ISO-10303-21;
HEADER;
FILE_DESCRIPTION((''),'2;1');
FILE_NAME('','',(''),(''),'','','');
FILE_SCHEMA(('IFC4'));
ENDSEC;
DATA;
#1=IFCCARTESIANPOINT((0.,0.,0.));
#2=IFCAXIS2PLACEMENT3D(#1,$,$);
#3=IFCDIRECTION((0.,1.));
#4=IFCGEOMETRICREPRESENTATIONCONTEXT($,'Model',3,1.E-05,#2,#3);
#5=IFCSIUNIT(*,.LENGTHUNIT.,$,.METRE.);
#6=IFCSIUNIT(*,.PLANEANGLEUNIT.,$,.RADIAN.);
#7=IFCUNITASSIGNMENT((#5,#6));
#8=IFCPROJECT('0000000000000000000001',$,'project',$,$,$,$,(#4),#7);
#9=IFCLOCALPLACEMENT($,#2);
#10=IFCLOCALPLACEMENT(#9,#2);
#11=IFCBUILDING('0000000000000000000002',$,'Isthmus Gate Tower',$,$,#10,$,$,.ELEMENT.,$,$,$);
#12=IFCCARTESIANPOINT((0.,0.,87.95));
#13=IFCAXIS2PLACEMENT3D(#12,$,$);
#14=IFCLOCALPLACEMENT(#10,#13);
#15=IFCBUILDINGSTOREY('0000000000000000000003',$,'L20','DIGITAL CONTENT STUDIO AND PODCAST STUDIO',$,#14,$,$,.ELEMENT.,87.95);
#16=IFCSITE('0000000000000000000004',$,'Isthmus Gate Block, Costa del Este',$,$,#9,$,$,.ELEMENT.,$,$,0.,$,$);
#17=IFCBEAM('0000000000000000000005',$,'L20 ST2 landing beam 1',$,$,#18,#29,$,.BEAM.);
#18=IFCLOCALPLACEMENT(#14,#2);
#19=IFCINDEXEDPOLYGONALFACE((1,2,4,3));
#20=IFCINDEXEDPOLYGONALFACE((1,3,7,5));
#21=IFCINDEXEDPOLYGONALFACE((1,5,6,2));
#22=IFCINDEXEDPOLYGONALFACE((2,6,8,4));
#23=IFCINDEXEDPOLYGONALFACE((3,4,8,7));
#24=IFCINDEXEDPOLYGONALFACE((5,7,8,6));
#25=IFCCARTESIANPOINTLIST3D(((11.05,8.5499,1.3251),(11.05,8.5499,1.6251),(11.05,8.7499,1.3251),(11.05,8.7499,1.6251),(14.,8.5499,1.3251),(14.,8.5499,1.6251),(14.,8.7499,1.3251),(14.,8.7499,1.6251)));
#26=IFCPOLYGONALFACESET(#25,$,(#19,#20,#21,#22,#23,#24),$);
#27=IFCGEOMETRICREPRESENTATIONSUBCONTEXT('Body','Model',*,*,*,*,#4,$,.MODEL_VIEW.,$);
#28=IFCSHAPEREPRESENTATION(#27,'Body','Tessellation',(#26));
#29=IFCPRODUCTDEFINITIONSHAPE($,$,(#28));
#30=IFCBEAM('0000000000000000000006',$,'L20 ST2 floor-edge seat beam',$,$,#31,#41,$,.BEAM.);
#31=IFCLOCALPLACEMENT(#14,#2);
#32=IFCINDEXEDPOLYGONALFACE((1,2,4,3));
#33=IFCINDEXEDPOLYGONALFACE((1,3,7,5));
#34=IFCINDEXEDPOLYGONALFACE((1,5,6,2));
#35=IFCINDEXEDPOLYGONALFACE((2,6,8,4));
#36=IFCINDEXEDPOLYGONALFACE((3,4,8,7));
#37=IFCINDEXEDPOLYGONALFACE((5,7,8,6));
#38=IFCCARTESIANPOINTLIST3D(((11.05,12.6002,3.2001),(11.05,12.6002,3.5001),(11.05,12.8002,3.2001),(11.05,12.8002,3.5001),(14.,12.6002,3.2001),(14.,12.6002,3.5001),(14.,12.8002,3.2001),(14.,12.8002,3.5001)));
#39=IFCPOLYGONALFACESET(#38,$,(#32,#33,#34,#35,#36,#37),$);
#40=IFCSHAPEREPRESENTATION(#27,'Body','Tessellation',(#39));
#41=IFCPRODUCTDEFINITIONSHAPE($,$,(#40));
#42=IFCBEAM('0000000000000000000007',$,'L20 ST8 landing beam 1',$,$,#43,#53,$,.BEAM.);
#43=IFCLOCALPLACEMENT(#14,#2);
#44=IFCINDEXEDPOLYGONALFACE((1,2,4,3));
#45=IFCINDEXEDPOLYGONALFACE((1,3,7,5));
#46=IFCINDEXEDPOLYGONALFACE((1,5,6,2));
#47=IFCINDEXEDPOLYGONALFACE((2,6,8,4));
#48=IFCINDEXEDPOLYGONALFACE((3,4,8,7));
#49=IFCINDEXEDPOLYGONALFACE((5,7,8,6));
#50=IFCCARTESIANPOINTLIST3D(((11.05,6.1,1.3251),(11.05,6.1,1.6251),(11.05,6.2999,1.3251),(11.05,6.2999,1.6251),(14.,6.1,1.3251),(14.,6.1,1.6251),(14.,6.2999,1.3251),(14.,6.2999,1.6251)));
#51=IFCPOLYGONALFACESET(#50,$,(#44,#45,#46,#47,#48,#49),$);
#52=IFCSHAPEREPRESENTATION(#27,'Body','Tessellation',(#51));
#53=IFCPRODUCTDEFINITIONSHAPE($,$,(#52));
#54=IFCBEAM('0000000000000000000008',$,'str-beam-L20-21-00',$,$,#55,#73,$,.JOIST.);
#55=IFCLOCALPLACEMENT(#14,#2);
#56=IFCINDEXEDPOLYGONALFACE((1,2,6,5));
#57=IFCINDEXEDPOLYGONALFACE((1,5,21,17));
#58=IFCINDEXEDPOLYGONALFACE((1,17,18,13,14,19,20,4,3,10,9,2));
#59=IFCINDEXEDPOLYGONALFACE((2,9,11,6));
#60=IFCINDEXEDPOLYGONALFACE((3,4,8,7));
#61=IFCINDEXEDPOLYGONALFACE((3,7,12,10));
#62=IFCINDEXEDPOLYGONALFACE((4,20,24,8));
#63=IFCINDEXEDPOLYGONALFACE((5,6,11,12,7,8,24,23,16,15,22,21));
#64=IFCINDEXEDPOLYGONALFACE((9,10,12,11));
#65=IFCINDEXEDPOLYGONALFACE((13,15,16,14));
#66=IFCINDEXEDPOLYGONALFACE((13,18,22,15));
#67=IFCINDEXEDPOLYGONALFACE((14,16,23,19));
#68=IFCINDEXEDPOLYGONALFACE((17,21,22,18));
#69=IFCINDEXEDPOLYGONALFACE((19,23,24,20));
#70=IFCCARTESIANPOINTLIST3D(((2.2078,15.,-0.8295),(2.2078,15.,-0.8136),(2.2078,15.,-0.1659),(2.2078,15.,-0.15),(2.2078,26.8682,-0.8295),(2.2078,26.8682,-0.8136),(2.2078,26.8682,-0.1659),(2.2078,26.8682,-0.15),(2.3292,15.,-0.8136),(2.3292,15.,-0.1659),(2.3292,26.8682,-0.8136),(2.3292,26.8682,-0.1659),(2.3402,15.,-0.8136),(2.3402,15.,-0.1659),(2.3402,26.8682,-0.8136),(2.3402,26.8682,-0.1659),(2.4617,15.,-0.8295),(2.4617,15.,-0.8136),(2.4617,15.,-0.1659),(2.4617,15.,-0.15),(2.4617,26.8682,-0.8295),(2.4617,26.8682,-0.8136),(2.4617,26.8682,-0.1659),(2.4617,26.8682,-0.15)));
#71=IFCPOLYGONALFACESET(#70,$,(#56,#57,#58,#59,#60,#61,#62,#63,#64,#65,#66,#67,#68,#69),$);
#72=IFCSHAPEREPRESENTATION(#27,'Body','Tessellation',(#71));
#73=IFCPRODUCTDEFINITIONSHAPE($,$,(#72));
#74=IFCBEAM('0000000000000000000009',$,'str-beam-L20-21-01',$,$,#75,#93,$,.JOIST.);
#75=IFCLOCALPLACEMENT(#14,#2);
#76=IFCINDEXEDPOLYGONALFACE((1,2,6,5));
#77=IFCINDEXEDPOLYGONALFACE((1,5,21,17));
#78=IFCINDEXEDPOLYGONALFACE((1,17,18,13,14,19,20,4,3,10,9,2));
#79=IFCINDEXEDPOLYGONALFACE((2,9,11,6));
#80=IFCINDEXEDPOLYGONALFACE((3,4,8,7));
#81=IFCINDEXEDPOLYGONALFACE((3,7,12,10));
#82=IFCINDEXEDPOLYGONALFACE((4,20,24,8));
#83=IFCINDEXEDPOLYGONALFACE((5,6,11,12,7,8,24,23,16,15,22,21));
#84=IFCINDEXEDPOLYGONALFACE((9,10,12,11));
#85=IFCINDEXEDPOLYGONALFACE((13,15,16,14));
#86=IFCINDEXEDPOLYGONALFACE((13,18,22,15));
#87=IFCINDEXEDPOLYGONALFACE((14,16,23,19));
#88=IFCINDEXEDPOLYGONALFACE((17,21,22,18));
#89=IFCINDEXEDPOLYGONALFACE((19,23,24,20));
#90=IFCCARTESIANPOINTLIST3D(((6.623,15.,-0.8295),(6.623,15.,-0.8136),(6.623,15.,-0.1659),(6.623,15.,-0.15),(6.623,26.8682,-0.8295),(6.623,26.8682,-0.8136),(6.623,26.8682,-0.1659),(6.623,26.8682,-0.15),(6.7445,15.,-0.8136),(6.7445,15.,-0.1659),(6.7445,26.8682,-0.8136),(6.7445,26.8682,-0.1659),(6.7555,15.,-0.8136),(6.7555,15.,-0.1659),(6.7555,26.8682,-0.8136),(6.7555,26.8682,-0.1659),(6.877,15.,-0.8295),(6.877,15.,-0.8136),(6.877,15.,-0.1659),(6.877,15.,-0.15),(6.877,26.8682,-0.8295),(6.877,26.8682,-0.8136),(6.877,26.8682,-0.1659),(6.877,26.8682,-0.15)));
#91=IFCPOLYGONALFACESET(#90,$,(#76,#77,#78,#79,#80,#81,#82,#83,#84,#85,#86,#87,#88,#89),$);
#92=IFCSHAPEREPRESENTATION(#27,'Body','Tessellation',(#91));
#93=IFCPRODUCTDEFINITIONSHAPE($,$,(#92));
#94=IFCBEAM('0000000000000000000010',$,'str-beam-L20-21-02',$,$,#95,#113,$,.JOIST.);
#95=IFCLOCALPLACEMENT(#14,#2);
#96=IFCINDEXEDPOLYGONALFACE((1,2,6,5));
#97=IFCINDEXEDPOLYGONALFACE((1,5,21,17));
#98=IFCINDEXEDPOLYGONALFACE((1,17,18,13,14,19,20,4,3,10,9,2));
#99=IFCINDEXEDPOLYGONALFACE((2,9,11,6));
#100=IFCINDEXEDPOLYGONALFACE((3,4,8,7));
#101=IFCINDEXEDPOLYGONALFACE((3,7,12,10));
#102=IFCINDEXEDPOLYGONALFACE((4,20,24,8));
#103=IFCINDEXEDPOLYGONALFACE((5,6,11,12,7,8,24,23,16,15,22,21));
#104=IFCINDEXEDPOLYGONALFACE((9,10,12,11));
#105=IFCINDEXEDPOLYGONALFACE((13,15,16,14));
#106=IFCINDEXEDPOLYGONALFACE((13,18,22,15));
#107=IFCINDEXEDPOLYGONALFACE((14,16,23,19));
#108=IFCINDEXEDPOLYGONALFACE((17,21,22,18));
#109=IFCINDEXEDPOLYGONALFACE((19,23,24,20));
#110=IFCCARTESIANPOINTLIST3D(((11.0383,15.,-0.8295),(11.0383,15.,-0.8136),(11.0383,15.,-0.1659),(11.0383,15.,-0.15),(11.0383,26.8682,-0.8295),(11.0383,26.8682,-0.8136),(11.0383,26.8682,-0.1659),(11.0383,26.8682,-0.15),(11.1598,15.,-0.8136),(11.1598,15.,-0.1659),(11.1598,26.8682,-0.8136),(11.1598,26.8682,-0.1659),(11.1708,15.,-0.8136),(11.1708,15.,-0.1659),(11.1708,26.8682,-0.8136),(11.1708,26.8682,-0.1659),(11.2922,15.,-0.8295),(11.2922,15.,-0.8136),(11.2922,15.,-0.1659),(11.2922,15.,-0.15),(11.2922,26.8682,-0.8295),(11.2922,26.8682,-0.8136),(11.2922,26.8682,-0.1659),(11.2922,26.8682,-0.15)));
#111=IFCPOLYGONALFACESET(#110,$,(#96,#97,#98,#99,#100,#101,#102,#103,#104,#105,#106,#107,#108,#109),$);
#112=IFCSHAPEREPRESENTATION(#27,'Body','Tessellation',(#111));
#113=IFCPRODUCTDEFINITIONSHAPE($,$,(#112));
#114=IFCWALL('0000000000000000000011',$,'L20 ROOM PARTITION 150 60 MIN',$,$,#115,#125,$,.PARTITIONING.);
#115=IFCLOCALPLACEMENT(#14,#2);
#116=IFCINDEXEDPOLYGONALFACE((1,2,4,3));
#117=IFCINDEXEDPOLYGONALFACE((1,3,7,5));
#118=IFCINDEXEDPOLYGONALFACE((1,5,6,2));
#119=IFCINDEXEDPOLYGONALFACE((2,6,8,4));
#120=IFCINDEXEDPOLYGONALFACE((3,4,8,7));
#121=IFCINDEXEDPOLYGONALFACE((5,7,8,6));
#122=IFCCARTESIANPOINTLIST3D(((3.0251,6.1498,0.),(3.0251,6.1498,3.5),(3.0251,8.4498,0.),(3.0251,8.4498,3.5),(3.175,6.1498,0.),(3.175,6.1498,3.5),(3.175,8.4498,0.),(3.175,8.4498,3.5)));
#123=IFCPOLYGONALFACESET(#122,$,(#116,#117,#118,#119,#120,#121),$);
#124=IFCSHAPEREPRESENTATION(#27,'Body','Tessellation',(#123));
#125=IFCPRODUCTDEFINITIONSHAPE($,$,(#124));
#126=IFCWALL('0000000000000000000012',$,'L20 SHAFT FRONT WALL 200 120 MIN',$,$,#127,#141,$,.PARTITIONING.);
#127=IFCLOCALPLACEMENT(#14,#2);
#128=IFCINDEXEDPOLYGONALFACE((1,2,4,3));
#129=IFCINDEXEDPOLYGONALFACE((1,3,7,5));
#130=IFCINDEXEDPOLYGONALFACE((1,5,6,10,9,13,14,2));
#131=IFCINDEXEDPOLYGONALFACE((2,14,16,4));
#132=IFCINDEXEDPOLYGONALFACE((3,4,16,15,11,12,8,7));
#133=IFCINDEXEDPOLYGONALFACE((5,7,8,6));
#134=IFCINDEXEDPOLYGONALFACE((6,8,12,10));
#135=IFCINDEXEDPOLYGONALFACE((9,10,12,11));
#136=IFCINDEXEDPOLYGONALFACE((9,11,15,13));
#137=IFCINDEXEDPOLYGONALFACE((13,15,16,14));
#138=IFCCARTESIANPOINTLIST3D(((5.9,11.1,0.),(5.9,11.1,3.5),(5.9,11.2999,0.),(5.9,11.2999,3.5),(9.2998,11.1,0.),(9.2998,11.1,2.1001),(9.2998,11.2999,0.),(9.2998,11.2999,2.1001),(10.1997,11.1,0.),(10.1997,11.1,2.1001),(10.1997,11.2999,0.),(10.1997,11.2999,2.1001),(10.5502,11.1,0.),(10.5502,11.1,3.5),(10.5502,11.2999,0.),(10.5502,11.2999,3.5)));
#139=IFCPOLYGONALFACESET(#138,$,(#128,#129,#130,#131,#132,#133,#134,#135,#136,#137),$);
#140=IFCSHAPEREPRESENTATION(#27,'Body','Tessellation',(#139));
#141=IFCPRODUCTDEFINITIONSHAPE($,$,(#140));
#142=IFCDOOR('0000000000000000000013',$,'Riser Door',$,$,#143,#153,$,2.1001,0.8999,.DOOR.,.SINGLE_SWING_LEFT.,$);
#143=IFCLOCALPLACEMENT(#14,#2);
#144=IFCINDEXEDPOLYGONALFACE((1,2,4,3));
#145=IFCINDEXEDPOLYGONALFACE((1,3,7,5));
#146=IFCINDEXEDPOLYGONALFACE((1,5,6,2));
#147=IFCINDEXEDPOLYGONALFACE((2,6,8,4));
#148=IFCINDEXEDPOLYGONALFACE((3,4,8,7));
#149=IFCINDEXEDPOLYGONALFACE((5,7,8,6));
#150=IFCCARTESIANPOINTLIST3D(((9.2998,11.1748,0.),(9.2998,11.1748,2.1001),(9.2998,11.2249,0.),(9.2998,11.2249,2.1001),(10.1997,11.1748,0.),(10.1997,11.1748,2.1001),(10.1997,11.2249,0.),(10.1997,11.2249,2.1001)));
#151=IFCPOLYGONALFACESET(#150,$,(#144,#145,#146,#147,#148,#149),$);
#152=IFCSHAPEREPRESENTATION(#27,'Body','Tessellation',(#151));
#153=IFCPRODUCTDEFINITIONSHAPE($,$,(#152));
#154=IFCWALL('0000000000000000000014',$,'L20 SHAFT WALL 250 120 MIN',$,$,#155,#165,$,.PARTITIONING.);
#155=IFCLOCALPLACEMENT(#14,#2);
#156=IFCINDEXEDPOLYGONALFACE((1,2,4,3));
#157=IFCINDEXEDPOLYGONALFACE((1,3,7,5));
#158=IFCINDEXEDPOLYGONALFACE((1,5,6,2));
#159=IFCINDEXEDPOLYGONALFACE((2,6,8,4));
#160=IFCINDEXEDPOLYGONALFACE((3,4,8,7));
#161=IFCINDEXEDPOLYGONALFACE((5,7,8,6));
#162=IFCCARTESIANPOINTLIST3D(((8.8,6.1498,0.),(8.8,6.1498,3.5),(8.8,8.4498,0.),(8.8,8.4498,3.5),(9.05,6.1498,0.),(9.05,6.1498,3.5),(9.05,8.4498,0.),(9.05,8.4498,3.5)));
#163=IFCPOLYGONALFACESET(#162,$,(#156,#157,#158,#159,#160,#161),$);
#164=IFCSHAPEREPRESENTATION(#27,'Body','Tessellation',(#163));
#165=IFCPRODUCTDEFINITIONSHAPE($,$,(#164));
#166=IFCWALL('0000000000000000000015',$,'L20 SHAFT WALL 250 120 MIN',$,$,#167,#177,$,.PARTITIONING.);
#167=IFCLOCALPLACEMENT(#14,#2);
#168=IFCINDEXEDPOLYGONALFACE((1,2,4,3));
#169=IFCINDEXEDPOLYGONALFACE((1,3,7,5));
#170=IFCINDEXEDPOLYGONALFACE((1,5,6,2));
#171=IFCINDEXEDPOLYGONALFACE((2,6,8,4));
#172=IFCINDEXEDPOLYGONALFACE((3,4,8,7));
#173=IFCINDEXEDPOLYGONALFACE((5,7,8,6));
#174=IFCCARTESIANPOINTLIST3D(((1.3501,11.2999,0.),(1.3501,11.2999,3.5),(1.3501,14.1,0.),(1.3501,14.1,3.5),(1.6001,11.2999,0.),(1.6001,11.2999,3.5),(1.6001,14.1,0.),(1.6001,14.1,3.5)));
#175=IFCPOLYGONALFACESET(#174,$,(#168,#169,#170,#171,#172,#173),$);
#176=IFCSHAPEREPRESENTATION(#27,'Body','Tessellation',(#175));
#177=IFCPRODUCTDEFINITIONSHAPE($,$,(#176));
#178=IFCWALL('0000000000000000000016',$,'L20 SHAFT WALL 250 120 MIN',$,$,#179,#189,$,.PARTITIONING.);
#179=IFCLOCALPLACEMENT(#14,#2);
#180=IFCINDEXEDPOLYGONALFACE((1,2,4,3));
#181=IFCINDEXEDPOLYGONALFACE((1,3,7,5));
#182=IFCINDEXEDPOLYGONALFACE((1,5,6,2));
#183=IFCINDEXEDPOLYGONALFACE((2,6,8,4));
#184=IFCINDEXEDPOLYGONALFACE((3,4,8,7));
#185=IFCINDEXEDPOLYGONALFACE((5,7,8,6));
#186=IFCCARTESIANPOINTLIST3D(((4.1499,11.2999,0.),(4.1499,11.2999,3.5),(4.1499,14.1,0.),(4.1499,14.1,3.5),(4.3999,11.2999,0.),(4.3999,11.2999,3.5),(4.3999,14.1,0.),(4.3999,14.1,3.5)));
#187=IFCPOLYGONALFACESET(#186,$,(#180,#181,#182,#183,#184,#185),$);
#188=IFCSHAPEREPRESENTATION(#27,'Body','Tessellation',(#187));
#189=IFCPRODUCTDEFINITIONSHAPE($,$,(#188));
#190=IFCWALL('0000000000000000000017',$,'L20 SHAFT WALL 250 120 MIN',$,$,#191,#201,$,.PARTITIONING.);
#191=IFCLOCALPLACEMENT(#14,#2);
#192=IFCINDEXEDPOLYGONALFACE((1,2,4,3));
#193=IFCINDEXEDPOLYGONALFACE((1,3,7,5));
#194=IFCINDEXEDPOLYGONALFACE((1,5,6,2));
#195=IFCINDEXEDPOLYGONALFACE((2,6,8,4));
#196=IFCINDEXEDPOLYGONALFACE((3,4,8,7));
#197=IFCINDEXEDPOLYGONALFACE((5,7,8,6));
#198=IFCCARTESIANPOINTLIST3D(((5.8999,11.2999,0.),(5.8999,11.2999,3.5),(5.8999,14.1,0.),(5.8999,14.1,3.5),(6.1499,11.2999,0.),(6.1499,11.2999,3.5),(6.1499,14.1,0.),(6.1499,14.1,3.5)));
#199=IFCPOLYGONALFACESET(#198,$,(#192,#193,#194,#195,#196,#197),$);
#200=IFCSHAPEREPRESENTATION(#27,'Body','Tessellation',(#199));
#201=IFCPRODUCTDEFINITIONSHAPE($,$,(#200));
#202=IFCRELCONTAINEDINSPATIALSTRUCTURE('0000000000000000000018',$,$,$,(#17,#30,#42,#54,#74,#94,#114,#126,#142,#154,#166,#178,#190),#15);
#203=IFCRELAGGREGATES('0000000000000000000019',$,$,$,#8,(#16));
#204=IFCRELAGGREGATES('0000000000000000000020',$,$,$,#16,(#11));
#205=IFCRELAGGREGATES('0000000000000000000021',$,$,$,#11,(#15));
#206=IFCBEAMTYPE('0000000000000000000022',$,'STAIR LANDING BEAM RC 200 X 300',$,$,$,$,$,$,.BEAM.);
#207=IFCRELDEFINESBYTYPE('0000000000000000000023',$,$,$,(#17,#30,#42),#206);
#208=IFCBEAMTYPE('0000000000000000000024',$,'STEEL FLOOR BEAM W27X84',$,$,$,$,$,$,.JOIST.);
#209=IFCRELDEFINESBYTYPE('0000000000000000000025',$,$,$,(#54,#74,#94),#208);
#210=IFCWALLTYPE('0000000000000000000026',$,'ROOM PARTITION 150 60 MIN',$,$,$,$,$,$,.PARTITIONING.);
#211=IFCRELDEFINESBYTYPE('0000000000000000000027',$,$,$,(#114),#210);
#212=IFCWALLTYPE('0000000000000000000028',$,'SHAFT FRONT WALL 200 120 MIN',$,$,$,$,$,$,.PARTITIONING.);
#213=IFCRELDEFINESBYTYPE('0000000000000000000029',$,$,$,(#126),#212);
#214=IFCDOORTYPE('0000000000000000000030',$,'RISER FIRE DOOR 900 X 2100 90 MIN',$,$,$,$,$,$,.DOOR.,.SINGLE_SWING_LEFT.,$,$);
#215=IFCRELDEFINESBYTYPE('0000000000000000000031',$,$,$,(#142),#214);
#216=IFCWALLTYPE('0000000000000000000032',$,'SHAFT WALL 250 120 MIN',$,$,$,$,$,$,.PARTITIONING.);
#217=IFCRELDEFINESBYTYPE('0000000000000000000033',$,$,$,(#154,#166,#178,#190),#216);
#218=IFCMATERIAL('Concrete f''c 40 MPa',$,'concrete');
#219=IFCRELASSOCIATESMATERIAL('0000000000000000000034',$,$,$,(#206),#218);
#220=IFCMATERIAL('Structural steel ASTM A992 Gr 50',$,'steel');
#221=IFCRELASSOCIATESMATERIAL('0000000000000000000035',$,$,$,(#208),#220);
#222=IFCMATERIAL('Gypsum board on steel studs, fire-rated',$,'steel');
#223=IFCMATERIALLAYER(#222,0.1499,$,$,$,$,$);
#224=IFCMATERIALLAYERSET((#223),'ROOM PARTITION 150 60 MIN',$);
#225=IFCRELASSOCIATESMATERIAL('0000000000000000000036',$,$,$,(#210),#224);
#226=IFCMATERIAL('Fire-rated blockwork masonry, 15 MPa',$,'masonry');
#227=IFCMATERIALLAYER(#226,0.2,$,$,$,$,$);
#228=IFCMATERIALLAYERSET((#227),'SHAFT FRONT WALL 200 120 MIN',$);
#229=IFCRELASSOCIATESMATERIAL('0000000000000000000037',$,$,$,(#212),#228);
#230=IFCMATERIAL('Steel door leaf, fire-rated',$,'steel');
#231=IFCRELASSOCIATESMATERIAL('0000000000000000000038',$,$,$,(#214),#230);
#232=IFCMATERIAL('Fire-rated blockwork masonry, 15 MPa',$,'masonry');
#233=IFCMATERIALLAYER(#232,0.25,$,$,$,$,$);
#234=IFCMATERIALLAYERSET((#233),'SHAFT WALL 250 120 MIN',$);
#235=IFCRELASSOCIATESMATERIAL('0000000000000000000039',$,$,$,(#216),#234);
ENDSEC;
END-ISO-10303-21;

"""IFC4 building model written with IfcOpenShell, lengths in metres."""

from ifc_helpers import new_model, si_unit, direction, frame, frame_2d, origin, origin_2d, place, context, subcontext, project, spatial, rectangle, i_section, extrude, material, layer, layer_set, material_profile, profile_set, type_object, element, fill, save


model = new_model("IFC4")

# Units and contexts
model_context = context("Model", 3, precision=1e-05, world=origin(), true_north=direction((0.0, 1.0)))
body_context = subcontext(model_context, "Body", "Model", "MODEL_VIEW")
ifc_project = project(units=[si_unit("LENGTHUNIT", "METRE"), si_unit("PLANEANGLEUNIT", "RADIAN")], contexts=[model_context])

# Site, building, storey
site_placement = place(None, origin())
site = spatial("IfcSite", under=ifc_project, at=site_placement, Name="Isthmus Gate Block, Costa del Este", CompositionType="ELEMENT", RefElevation=0.0)
building_placement = place(site_placement, origin())
building = spatial("IfcBuilding", under=site, at=building_placement, Name="Isthmus Gate Tower", CompositionType="ELEMENT")
storey_placement = place(building_placement, frame((0.0, 0.0, 87.95)))
storey = spatial("IfcBuildingStorey", under=building, at=storey_placement, Name="L20", Description="DIGITAL CONTENT STUDIO AND PODCAST STUDIO", CompositionType="ELEMENT", Elevation=87.95)

# Beams
ifc_material_1 = material(Name="Concrete f'c 40 MPa", Category="concrete")
ifc_material_profile_1 = material_profile(ifc_material_1, rectangle(XDim=0.2, YDim=0.3, at=origin_2d()), Name="STAIR LANDING BEAM RC 200 X 300")
ifc_profile_set_1 = profile_set([ifc_material_profile_1], Name="Concrete f'c 40 MPa")
beam_type_1 = type_object("IfcBeamType", Name="STAIR LANDING BEAM RC 200 X 300", PredefinedType="BEAM", material=ifc_profile_set_1)
for number, where, z_axis, x_axis, name in (
    (1, (11.05, 8.6499, 1.4751), (1.0, 0.0, 0.0), (0.0, 1.0, 0.0), "L20 ST2 landing beam 1"),
    (2, (11.05, 12.7002, 3.3501), (1.0, 0.0, 0.0), (0.0, 1.0, 0.0), "L20 ST2 floor-edge seat beam"),
    (3, (11.05, 6.2, 1.4751), (1.0, 0.0, 0.0), (0.0, 1.0, 0.0), "L20 ST8 landing beam 1"),
):
    element("IfcBeam", number, at=place(storey_placement, frame(where, z_axis=z_axis, x_axis=x_axis)), inside=storey, type_object=beam_type_1, Name=name, PredefinedType="BEAM", context=body_context, shape_type="SweptSolid", body=[
        extrude(rectangle(XDim=0.2, YDim=0.3, at=origin_2d()), origin(), (0.0, 0.0, 1.0), 2.95),
    ])
ifc_material_2 = material(Name="Structural steel ASTM A992 Gr 50", Category="steel")
ifc_material_profile_2 = material_profile(ifc_material_2, i_section(OverallWidth=0.2539, OverallDepth=0.6794, WebThickness=0.011, FlangeThickness=0.0159, at=origin_2d()), Name="W27X84")
ifc_profile_set_2 = profile_set([ifc_material_profile_2], Name="Structural steel ASTM A992 Gr 50")
beam_type_2 = type_object("IfcBeamType", Name="STEEL FLOOR BEAM W27X84", PredefinedType="JOIST", material=ifc_profile_set_2)
for number, where, z_axis, x_axis, name in (
    (4, (2.3347, 15.0, -0.4897), (0.0, 1.0, 0.0), (-1.0, 0.0, 0.0), "str-beam-L20-21-00"),
    (5, (6.75, 15.0, -0.4897), (0.0, 1.0, 0.0), (-1.0, 0.0, 0.0), "str-beam-L20-21-01"),
    (6, (11.1653, 15.0, -0.4897), (0.0, 1.0, 0.0), (-1.0, 0.0, 0.0), "str-beam-L20-21-02"),
):
    element("IfcBeam", number, at=place(storey_placement, frame(where, z_axis=z_axis, x_axis=x_axis)), inside=storey, type_object=beam_type_2, Name=name, PredefinedType="JOIST", context=body_context, shape_type="SweptSolid", body=[
        extrude(i_section(OverallWidth=0.2539, OverallDepth=0.6794, WebThickness=0.011, FlangeThickness=0.0159, at=origin_2d()), origin(), (0.0, 0.0, 1.0), 11.8682),
    ])

# Wall
ifc_material_3 = material(Name="Gypsum board on steel studs, fire-rated", Category="steel")
ifc_layer_1 = layer(ifc_material_3, 0.1499)
ifc_layer_set_1 = layer_set([ifc_layer_1], Name="ROOM PARTITION 150 60 MIN")
wall_type_1 = type_object("IfcWallType", Name="ROOM PARTITION 150 60 MIN", PredefinedType="PARTITIONING", material=ifc_layer_set_1)
wall_1_placement = place(storey_placement, frame((3.1001, 6.1499, 0.0), z_axis=(0.0, 0.0, 1.0), x_axis=(0.0, 1.0, 0.0)))
element("IfcWall", 7, at=wall_1_placement, inside=storey, type_object=wall_type_1, Name="L20 ROOM PARTITION 150 60 MIN", PredefinedType="PARTITIONING", context=body_context, shape_type="SweptSolid", body=[
    extrude(rectangle(XDim=2.3, YDim=0.1499, at=frame_2d((1.1499, 0.0))), origin(), (0.0, 0.0, 1.0), 3.5),
])

# Wall, opening, door
ifc_material_4 = material(Name="Fire-rated blockwork masonry, 15 MPa", Category="masonry")
ifc_layer_2 = layer(ifc_material_4, 0.2)
ifc_layer_set_2 = layer_set([ifc_layer_2], Name="SHAFT FRONT WALL 200 120 MIN")
wall_type_2 = type_object("IfcWallType", Name="SHAFT FRONT WALL 200 120 MIN", PredefinedType="PARTITIONING", material=ifc_layer_set_2)
wall_2_placement = place(storey_placement, frame((5.8999, 11.2, 0.0), z_axis=(0.0, 0.0, 1.0), x_axis=(1.0, 0.0, 0.0)))
wall_2 = element("IfcWall", 8, at=wall_2_placement, inside=storey, type_object=wall_type_2, Name="L20 SHAFT FRONT WALL 200 120 MIN", PredefinedType="PARTITIONING", context=body_context, shape_type="SweptSolid", body=[
    extrude(rectangle(XDim=4.6501, YDim=0.2, at=frame_2d((2.3252, 0.0))), origin(), (0.0, 0.0, 1.0), 3.5),
])
opening_placement = place(wall_2_placement, frame((3.3999, 0.0, 0.0)))
opening = element("IfcOpeningElement", 9, at=opening_placement, cuts=wall_2, PredefinedType="OPENING", context=body_context, shape_type="SweptSolid", body=[
    extrude(rectangle(XDim=0.8999, YDim=2.1001, at=frame_2d((0.45, 1.05))), frame((0.0, 0.1099, 0.0), z_axis=(0.0, -1.0, 0.0), x_axis=(1.0, 0.0, 0.0)), (0.0, 0.0, 1.0), 0.22),
])
ifc_material_5 = material(Name="Steel door leaf, fire-rated", Category="steel")
door_type = type_object("IfcDoorType", Name="RISER FIRE DOOR 900 X 2100 90 MIN", OperationType="SINGLE_SWING_LEFT", PredefinedType="DOOR", material=ifc_material_5)
door_placement = place(opening_placement, origin())
door = element("IfcDoor", 10, at=door_placement, inside=storey, type_object=door_type, Name="Riser Door", OperationType="SINGLE_SWING_LEFT", OverallHeight=2.1001, OverallWidth=0.8999, PredefinedType="DOOR", context=body_context, shape_type="SweptSolid", body=[
    extrude(rectangle(XDim=0.8999, YDim=2.1001, at=frame_2d((0.45, 1.05))), frame((0.0, 0.0249, 0.0), z_axis=(0.0, -1.0, 0.0), x_axis=(1.0, 0.0, 0.0)), (0.0, 0.0, 1.0), 0.05),
])
fill(opening, door)

# Walls
ifc_material_6 = material(Name="Fire-rated blockwork masonry, 15 MPa", Category="masonry")
ifc_layer_3 = layer(ifc_material_6, 0.25)
ifc_layer_set_3 = layer_set([ifc_layer_3], Name="SHAFT WALL 250 120 MIN")
wall_type_3 = type_object("IfcWallType", Name="SHAFT WALL 250 120 MIN", PredefinedType="PARTITIONING", material=ifc_layer_set_3)
wall_3_placement = place(storey_placement, frame((8.925, 6.1499, 0.0), z_axis=(0.0, 0.0, 1.0), x_axis=(0.0, 1.0, 0.0)))
element("IfcWall", 11, at=wall_3_placement, inside=storey, type_object=wall_type_3, Name="L20 SHAFT WALL 250 120 MIN", PredefinedType="PARTITIONING", context=body_context, shape_type="SweptSolid", body=[
    extrude(rectangle(XDim=2.3, YDim=0.25, at=frame_2d((1.1499, 0.0))), origin(), (0.0, 0.0, 1.0), 3.5),
])
for number, where, z_axis, x_axis, name in (
    (12, (1.4751, 11.3, 0.0), (0.0, 0.0, 1.0), (0.0, 1.0, 0.0), "L20 SHAFT WALL 250 120 MIN"),
    (13, (4.2749, 11.3, 0.0), (0.0, 0.0, 1.0), (0.0, 1.0, 0.0), "L20 SHAFT WALL 250 120 MIN"),
    (14, (6.0249, 11.3, 0.0), (0.0, 0.0, 1.0), (0.0, 1.0, 0.0), "L20 SHAFT WALL 250 120 MIN"),
):
    element("IfcWall", number, at=place(storey_placement, frame(where, z_axis=z_axis, x_axis=x_axis)), inside=storey, type_object=wall_type_3, Name=name, PredefinedType="PARTITIONING", context=body_context, shape_type="SweptSolid", body=[
        extrude(rectangle(XDim=2.8, YDim=0.25, at=frame_2d((1.3999, 0.0))), origin(), (0.0, 0.0, 1.0), 3.5),
    ])

save(model, "model.ifc")
